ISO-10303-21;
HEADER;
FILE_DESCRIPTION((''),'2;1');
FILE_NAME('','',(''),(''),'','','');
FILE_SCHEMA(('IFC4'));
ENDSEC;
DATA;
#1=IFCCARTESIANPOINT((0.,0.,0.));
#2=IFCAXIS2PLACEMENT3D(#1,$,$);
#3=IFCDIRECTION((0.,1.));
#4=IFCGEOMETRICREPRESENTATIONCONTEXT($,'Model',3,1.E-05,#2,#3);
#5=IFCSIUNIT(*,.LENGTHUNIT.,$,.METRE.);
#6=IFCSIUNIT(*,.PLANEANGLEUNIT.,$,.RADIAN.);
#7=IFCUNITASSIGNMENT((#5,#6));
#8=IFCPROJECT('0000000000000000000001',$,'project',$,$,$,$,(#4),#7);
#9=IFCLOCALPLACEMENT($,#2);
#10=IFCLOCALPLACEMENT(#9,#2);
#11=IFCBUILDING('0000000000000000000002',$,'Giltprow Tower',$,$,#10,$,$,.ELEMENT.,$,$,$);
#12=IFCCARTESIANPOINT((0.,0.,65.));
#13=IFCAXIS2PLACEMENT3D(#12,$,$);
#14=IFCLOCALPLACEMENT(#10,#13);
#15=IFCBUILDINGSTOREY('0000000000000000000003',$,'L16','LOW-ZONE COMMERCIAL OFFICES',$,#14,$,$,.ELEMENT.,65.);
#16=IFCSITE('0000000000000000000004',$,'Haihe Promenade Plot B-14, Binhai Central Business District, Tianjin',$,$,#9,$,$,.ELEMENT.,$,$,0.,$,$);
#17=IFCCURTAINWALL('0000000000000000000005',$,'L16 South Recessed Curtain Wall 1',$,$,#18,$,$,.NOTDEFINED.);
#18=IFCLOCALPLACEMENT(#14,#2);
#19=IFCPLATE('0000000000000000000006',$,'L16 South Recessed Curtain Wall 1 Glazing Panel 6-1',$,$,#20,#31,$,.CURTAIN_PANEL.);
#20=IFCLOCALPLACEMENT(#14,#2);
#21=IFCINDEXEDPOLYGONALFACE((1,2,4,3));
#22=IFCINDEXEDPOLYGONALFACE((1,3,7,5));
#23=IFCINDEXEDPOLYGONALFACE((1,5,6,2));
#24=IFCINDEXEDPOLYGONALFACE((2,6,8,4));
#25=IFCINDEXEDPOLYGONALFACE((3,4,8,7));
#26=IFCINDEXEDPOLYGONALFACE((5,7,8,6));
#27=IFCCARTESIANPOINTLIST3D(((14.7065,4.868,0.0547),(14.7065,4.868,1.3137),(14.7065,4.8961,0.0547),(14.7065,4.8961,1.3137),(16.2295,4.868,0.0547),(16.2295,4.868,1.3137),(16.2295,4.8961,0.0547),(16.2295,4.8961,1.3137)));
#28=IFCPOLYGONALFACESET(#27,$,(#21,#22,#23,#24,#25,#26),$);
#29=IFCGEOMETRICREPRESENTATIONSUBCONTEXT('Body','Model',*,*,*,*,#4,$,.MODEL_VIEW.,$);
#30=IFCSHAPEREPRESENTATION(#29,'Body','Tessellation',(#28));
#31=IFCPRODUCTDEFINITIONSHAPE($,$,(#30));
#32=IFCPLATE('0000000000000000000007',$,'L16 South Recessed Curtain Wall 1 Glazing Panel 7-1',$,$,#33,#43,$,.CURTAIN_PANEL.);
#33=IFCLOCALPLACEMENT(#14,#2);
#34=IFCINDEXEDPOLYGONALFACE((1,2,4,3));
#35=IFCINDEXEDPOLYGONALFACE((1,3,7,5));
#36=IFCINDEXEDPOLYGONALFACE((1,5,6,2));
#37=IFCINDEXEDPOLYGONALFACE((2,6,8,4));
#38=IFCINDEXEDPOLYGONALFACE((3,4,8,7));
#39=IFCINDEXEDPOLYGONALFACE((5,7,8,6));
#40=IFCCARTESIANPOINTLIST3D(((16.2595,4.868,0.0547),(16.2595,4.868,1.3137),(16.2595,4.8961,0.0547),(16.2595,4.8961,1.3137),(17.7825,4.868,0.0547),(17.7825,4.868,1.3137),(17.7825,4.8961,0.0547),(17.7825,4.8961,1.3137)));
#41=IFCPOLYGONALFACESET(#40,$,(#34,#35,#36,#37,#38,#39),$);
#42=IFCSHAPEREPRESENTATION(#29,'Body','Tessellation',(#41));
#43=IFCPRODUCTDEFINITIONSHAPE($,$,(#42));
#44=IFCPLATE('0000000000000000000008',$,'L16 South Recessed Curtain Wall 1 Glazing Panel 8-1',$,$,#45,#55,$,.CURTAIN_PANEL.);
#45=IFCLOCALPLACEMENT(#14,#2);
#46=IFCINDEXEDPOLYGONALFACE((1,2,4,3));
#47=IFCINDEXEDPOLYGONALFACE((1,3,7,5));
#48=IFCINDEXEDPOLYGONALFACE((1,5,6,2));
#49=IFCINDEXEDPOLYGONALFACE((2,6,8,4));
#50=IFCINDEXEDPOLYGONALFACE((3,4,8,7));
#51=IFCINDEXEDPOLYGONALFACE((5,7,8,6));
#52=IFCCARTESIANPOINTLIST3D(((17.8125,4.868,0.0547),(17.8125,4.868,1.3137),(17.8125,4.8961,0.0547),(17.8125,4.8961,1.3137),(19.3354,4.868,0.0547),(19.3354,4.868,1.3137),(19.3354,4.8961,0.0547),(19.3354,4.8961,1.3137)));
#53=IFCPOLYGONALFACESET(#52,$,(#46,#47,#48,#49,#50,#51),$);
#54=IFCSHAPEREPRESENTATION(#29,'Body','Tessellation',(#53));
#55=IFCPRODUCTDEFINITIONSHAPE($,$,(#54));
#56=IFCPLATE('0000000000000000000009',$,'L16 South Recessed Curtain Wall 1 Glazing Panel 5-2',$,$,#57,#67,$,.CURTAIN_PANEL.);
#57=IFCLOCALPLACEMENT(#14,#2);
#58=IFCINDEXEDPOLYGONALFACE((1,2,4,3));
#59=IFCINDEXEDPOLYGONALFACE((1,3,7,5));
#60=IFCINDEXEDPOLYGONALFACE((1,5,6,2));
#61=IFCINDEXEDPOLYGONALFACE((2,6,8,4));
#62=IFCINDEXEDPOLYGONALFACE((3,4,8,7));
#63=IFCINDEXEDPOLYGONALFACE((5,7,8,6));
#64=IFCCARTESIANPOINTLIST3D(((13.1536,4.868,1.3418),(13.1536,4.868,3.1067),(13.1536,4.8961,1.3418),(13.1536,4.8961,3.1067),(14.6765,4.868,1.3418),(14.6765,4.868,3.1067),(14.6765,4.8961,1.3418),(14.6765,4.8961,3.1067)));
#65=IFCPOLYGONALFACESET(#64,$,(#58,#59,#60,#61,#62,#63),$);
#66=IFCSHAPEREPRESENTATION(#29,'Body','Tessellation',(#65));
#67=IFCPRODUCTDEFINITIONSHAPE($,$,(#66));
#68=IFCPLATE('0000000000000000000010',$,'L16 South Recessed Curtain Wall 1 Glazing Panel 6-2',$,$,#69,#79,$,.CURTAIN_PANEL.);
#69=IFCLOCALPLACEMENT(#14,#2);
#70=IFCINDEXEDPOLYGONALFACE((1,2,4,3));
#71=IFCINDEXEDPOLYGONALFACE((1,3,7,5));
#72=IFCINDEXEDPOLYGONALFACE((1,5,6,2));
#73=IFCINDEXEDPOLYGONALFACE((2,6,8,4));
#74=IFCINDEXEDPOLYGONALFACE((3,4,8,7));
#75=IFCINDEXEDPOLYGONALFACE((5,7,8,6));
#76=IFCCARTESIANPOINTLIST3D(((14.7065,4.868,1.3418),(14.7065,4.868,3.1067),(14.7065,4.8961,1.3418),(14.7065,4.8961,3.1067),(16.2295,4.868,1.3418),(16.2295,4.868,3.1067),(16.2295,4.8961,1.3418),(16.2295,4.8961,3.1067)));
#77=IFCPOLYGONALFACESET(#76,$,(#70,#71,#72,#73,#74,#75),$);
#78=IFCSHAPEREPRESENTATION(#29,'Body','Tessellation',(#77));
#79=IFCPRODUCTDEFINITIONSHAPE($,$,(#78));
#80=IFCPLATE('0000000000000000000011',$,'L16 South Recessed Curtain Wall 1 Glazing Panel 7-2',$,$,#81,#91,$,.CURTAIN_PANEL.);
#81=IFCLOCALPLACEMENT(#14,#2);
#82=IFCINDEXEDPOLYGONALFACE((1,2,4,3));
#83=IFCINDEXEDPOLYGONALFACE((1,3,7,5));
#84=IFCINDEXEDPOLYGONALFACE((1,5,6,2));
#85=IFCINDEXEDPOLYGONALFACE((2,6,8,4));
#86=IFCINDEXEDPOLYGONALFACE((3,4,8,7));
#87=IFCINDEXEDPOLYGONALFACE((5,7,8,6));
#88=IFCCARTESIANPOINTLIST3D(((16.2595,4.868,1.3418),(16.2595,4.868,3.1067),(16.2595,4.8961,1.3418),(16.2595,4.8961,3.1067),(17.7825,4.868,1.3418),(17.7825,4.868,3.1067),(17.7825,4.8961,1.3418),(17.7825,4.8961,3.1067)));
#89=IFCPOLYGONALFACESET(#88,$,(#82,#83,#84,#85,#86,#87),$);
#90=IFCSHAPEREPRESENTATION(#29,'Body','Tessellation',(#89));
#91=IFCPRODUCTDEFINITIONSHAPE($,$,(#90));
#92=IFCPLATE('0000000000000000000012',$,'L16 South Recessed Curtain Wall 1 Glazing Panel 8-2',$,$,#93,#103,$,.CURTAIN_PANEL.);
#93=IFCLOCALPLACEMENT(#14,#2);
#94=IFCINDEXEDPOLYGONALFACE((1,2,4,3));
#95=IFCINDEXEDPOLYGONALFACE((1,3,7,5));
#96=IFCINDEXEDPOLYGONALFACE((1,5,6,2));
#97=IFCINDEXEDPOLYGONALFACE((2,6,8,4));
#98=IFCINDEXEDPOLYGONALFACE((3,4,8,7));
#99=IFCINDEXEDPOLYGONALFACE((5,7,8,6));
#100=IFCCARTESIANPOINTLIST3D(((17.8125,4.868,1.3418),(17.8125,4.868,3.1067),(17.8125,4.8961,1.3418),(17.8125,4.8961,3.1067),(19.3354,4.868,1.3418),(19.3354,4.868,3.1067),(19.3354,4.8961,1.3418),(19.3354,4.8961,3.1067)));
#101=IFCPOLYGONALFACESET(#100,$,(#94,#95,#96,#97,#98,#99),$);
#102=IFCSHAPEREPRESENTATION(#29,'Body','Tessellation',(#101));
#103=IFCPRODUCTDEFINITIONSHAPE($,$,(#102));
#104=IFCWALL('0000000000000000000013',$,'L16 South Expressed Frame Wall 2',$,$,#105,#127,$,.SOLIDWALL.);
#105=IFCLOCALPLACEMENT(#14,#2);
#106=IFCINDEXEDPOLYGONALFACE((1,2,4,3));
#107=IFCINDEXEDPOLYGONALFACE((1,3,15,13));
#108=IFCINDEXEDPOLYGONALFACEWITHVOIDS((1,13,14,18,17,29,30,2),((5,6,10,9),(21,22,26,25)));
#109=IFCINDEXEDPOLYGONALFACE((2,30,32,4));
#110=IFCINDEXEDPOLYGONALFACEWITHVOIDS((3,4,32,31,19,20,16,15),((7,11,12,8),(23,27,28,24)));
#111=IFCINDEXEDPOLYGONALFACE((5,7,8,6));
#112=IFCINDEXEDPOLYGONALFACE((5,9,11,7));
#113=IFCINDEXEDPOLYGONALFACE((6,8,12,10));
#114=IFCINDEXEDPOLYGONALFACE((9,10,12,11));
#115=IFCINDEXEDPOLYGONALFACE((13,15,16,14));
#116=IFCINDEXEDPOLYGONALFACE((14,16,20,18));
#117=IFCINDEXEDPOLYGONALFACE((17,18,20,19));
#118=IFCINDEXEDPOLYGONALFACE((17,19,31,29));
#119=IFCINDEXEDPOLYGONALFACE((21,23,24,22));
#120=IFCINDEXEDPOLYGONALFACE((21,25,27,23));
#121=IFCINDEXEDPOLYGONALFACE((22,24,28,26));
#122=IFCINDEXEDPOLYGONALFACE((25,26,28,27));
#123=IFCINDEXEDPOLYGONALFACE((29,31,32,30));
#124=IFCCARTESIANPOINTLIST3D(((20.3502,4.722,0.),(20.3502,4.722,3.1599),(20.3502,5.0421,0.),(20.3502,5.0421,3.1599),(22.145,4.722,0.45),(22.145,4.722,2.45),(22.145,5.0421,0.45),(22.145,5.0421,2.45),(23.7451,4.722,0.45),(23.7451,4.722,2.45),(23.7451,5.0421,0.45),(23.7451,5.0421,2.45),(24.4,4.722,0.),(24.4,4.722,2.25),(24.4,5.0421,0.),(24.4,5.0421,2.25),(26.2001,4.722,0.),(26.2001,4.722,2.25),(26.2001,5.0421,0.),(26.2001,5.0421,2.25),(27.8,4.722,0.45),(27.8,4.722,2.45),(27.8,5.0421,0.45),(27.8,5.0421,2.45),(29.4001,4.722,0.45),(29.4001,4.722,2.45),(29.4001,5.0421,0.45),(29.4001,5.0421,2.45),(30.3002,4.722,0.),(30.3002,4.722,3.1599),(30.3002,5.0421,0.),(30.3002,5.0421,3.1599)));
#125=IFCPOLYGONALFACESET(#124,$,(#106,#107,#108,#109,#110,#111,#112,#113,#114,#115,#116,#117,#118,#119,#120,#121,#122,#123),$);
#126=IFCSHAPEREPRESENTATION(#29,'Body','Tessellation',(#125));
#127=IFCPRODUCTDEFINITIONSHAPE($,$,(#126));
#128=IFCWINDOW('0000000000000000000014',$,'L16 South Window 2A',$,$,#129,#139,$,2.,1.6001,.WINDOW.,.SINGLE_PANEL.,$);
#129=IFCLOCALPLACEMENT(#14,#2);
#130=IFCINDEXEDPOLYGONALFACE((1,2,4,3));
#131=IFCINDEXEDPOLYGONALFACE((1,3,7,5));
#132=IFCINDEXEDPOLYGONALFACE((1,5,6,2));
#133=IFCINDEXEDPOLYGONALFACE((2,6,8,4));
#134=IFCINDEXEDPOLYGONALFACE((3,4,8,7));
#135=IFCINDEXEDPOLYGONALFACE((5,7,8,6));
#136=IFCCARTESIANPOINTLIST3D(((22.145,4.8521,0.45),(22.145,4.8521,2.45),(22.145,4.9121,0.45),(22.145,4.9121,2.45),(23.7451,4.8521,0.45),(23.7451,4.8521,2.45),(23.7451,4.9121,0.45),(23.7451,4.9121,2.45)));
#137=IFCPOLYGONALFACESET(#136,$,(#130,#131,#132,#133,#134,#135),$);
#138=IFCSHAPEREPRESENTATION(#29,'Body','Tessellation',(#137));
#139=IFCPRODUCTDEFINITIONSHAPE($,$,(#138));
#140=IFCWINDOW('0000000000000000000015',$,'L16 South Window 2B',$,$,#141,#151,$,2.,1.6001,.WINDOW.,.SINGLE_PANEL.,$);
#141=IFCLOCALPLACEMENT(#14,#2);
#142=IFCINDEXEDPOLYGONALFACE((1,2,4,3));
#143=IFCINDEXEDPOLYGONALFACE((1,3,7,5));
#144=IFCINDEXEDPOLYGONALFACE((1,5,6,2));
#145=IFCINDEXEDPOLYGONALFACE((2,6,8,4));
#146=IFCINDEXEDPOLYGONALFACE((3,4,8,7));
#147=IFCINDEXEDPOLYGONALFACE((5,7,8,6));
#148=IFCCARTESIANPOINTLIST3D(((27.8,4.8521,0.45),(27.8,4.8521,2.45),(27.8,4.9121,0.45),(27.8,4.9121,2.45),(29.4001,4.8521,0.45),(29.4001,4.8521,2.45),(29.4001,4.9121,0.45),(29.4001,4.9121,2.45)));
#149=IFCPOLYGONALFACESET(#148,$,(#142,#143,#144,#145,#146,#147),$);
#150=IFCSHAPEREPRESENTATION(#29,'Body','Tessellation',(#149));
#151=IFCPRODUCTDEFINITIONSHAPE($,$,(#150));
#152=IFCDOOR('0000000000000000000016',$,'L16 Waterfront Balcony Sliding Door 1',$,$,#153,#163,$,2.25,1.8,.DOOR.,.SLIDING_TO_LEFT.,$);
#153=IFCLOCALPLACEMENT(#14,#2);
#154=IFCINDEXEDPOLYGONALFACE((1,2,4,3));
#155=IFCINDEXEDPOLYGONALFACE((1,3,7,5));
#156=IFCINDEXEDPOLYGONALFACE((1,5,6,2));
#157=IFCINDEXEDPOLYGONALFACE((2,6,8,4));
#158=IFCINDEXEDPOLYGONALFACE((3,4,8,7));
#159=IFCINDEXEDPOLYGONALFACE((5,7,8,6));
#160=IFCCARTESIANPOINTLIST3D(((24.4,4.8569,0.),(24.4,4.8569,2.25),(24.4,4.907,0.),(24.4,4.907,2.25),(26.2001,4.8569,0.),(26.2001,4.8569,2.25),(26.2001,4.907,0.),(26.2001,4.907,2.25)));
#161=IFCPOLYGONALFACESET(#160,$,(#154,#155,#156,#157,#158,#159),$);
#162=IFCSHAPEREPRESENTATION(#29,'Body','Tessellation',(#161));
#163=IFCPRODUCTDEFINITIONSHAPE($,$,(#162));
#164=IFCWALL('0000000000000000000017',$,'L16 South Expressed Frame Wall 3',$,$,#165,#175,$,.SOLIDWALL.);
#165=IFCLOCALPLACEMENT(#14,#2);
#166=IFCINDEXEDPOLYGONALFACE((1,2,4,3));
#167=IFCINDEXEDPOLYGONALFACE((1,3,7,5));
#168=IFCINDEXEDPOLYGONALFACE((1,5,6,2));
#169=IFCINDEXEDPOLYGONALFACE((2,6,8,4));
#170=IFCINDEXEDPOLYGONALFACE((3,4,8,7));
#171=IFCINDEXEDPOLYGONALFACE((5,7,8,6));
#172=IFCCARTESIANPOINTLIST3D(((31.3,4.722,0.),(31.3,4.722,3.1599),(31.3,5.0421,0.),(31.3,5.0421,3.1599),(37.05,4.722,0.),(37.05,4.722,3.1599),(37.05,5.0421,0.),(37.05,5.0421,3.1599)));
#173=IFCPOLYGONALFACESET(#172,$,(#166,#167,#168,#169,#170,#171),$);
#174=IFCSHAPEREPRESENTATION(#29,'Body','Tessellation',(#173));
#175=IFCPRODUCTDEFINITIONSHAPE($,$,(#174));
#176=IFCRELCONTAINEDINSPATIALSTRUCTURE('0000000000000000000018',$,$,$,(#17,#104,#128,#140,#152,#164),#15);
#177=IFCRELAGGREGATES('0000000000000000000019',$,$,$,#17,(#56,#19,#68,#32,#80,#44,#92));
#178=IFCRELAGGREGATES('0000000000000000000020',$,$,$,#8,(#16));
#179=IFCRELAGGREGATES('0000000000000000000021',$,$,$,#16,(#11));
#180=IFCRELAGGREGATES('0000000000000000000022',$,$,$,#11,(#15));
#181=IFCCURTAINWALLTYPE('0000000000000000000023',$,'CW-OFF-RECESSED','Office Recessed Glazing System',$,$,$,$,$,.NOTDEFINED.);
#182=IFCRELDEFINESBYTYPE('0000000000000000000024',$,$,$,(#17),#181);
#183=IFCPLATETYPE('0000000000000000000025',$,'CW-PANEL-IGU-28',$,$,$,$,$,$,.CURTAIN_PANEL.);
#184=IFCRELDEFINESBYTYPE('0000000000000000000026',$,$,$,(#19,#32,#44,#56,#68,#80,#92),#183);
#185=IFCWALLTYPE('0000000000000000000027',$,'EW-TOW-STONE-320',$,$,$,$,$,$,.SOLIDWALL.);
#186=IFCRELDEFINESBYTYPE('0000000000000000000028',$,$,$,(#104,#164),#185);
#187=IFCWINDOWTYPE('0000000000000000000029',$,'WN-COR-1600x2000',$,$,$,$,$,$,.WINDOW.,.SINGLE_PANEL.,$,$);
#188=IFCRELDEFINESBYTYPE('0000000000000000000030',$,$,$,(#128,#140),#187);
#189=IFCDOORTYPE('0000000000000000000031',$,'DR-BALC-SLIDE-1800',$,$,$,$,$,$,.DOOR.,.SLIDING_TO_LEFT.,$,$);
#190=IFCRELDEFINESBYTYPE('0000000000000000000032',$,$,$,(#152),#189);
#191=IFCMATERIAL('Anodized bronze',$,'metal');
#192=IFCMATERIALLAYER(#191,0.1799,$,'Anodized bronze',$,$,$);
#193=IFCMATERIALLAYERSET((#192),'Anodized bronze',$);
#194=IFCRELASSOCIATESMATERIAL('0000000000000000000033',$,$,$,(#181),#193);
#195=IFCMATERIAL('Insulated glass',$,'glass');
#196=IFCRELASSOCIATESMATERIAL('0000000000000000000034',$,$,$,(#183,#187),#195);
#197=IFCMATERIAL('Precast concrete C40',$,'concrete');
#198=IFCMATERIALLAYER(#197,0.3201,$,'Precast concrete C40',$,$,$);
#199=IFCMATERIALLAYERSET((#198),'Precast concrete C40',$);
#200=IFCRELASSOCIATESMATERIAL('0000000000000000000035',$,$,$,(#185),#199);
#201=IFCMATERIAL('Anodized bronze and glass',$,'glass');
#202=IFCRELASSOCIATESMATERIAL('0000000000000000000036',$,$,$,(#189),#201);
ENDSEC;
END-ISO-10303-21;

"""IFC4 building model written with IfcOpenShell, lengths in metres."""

from ifc_helpers import new_model, si_unit, direction, frame, frame_2d, origin, origin_2d, place, context, subcontext, project, spatial, rectangle, extrude, source, transform, mapped, material, layer, layer_set, type_object, element, fill, aggregate, save


model = new_model("IFC4")

# Units and contexts
model_context = context("Model", 3, precision=1e-05, world=origin(), true_north=direction((0.0, 1.0)))
body_context = subcontext(model_context, "Body", "Model", "MODEL_VIEW")
ifc_project = project(units=[si_unit("LENGTHUNIT", "METRE"), si_unit("PLANEANGLEUNIT", "RADIAN")], contexts=[model_context])

# Site, building, storey
site_placement = place(None, origin())
site = spatial("IfcSite", under=ifc_project, at=site_placement, Name="Haihe Promenade Plot B-14, Binhai Central Business District, Tianjin", CompositionType="ELEMENT", RefElevation=0.0)
building_placement = place(site_placement, origin())
building = spatial("IfcBuilding", under=site, at=building_placement, Name="Giltprow Tower", CompositionType="ELEMENT")
storey_placement = place(building_placement, frame((0.0, 0.0, 65.0)))
storey = spatial("IfcBuildingStorey", under=building, at=storey_placement, Name="L16", Description="LOW-ZONE COMMERCIAL OFFICES", CompositionType="ELEMENT", Elevation=65.0)

# Curtain wall, plates
ifc_material_1 = material(Name="Anodized bronze", Category="metal")
ifc_layer_1 = layer(ifc_material_1, 0.1799, Name="Anodized bronze")
ifc_layer_set_1 = layer_set([ifc_layer_1], Name="Anodized bronze")
curtain_wall_type = type_object("IfcCurtainWallType", Name="CW-OFF-RECESSED", Description="Office Recessed Glazing System", PredefinedType="NOTDEFINED", material=ifc_layer_set_1)
curtain_wall_placement = place(storey_placement, origin())
curtain_wall = element("IfcCurtainWall", 1, at=curtain_wall_placement, inside=storey, type_object=curtain_wall_type, Name="L16 South Recessed Curtain Wall 1", PredefinedType="NOTDEFINED")
ifc_material_2 = material(Name="Insulated glass", Category="glass")
plate_type = type_object("IfcPlateType", Name="CW-PANEL-IGU-28", PredefinedType="CURTAIN_PANEL", material=ifc_material_2)
shared_shape_1 = source(origin(), body_context, "Body", "SweptSolid", [
    extrude(rectangle(XDim=1.5229, YDim=0.0281, at=origin_2d()), origin(), (0.0, 0.0, 1.0), 1.259),
])
plate_1_placement = place(storey_placement, frame((15.468, 4.8821, 0.0547), z_axis=(0.0, 0.0, 1.0), x_axis=(1.0, 0.0, 0.0)))
plate_1 = element("IfcPlate", 2, at=plate_1_placement, type_object=plate_type, Name="L16 South Recessed Curtain Wall 1 Glazing Panel 6-1", PredefinedType="CURTAIN_PANEL", context=body_context, shape_type="MappedRepresentation", body=[
    mapped(shared_shape_1, transform((0.0, 0.0, 0.0), x_axis=(1.0, 0.0, 0.0), y_axis=(0.0, 1.0, 0.0), z_axis=(0.0, 0.0, 1.0), scale=1.0)),
])
plate_2_placement = place(storey_placement, frame((17.021, 4.8821, 0.0547), z_axis=(0.0, 0.0, 1.0), x_axis=(1.0, 0.0, 0.0)))
plate_2 = element("IfcPlate", 3, at=plate_2_placement, type_object=plate_type, Name="L16 South Recessed Curtain Wall 1 Glazing Panel 7-1", PredefinedType="CURTAIN_PANEL", context=body_context, shape_type="MappedRepresentation", body=[
    mapped(shared_shape_1, transform((0.0, 0.0, 0.0), x_axis=(1.0, 0.0, 0.0), y_axis=(0.0, 1.0, 0.0), z_axis=(0.0, 0.0, 1.0), scale=1.0)),
])
plate_3_placement = place(storey_placement, frame((18.574, 4.8821, 0.0547), z_axis=(0.0, 0.0, 1.0), x_axis=(1.0, 0.0, 0.0)))
plate_3 = element("IfcPlate", 4, at=plate_3_placement, type_object=plate_type, Name="L16 South Recessed Curtain Wall 1 Glazing Panel 8-1", PredefinedType="CURTAIN_PANEL", context=body_context, shape_type="MappedRepresentation", body=[
    mapped(shared_shape_1, transform((0.0, 0.0, 0.0), x_axis=(1.0, 0.0, 0.0), y_axis=(0.0, 1.0, 0.0), z_axis=(0.0, 0.0, 1.0), scale=1.0)),
])
shared_shape_2 = source(origin(), body_context, "Body", "SweptSolid", [
    extrude(rectangle(XDim=1.5229, YDim=0.0281, at=origin_2d()), origin(), (0.0, 0.0, 1.0), 1.7649),
])
plate_4_placement = place(storey_placement, frame((13.915, 4.8821, 1.3418), z_axis=(0.0, 0.0, 1.0), x_axis=(1.0, 0.0, 0.0)))
plate_4 = element("IfcPlate", 5, at=plate_4_placement, type_object=plate_type, Name="L16 South Recessed Curtain Wall 1 Glazing Panel 5-2", PredefinedType="CURTAIN_PANEL", context=body_context, shape_type="MappedRepresentation", body=[
    mapped(shared_shape_2, transform((0.0, 0.0, 0.0), x_axis=(1.0, 0.0, 0.0), y_axis=(0.0, 1.0, 0.0), z_axis=(0.0, 0.0, 1.0), scale=1.0)),
])
plate_5_placement = place(storey_placement, frame((15.468, 4.8821, 1.3418), z_axis=(0.0, 0.0, 1.0), x_axis=(1.0, 0.0, 0.0)))
plate_5 = element("IfcPlate", 6, at=plate_5_placement, type_object=plate_type, Name="L16 South Recessed Curtain Wall 1 Glazing Panel 6-2", PredefinedType="CURTAIN_PANEL", context=body_context, shape_type="MappedRepresentation", body=[
    mapped(shared_shape_2, transform((0.0, 0.0, 0.0), x_axis=(1.0, 0.0, 0.0), y_axis=(0.0, 1.0, 0.0), z_axis=(0.0, 0.0, 1.0), scale=1.0)),
])
plate_6_placement = place(storey_placement, frame((17.021, 4.8821, 1.3418), z_axis=(0.0, 0.0, 1.0), x_axis=(1.0, 0.0, 0.0)))
plate_6 = element("IfcPlate", 7, at=plate_6_placement, type_object=plate_type, Name="L16 South Recessed Curtain Wall 1 Glazing Panel 7-2", PredefinedType="CURTAIN_PANEL", context=body_context, shape_type="MappedRepresentation", body=[
    mapped(shared_shape_2, transform((0.0, 0.0, 0.0), x_axis=(1.0, 0.0, 0.0), y_axis=(0.0, 1.0, 0.0), z_axis=(0.0, 0.0, 1.0), scale=1.0)),
])
plate_7_placement = place(storey_placement, frame((18.574, 4.8821, 1.3418), z_axis=(0.0, 0.0, 1.0), x_axis=(1.0, 0.0, 0.0)))
plate_7 = element("IfcPlate", 8, at=plate_7_placement, type_object=plate_type, Name="L16 South Recessed Curtain Wall 1 Glazing Panel 8-2", PredefinedType="CURTAIN_PANEL", context=body_context, shape_type="MappedRepresentation", body=[
    mapped(shared_shape_2, transform((0.0, 0.0, 0.0), x_axis=(1.0, 0.0, 0.0), y_axis=(0.0, 1.0, 0.0), z_axis=(0.0, 0.0, 1.0), scale=1.0)),
])
aggregate(curtain_wall, [plate_4, plate_1, plate_5, plate_2, plate_6, plate_3, plate_7])

# Wall, openings, windows, door
ifc_material_3 = material(Name="Precast concrete C40", Category="concrete")
ifc_layer_2 = layer(ifc_material_3, 0.3201, Name="Precast concrete C40")
ifc_layer_set_2 = layer_set([ifc_layer_2], Name="Precast concrete C40")
wall_type_1 = type_object("IfcWallType", Name="EW-TOW-STONE-320", PredefinedType="SOLIDWALL", material=ifc_layer_set_2)
wall_1_placement = place(storey_placement, frame((20.3501, 4.8821, 0.0), z_axis=(0.0, 0.0, 1.0), x_axis=(1.0, 0.0, 0.0)))
wall_1 = element("IfcWall", 9, at=wall_1_placement, inside=storey, type_object=wall_type_1, Name="L16 South Expressed Frame Wall 2", PredefinedType="SOLIDWALL", context=body_context, shape_type="SweptSolid", body=[
    extrude(rectangle(XDim=9.95, YDim=0.3201, at=frame_2d((4.9751, 0.0))), origin(), (0.0, 0.0, 1.0), 3.1599),
])
opening_1_placement = place(wall_1_placement, frame((4.05, 0.0, 0.0)))
opening_1 = element("IfcOpeningElement", 10, at=opening_1_placement, cuts=wall_1, PredefinedType="OPENING", context=body_context, shape_type="SweptSolid", body=[
    extrude(rectangle(XDim=1.8, YDim=2.25, at=frame_2d((0.8999, 1.125))), frame((0.0, 0.1699, 0.0), z_axis=(0.0, -1.0, 0.0), x_axis=(1.0, 0.0, 0.0)), (0.0, 0.0, 1.0), 0.3401),
])
opening_2_placement = place(wall_1_placement, frame((1.7949, 0.0, 0.45)))
opening_2 = element("IfcOpeningElement", 11, at=opening_2_placement, cuts=wall_1, PredefinedType="OPENING", context=body_context, shape_type="SweptSolid", body=[
    extrude(rectangle(XDim=1.6001, YDim=2.0, at=frame_2d((0.8, 1.0))), frame((0.0, 0.1699, 0.0), z_axis=(0.0, -1.0, 0.0), x_axis=(1.0, 0.0, 0.0)), (0.0, 0.0, 1.0), 0.3401),
])
opening_3_placement = place(wall_1_placement, frame((7.45, 0.0, 0.45)))
opening_3 = element("IfcOpeningElement", 12, at=opening_3_placement, cuts=wall_1, PredefinedType="OPENING", context=body_context, shape_type="SweptSolid", body=[
    extrude(rectangle(XDim=1.6001, YDim=2.0, at=frame_2d((0.8, 1.0))), frame((0.0, 0.1699, 0.0), z_axis=(0.0, -1.0, 0.0), x_axis=(1.0, 0.0, 0.0)), (0.0, 0.0, 1.0), 0.3401),
])
window_type = type_object("IfcWindowType", Name="WN-COR-1600x2000", PartitioningType="SINGLE_PANEL", PredefinedType="WINDOW", material=ifc_material_2)
shared_shape_3 = source(origin(), body_context, "Body", "SweptSolid", [
    extrude(rectangle(XDim=1.6001, YDim=2.0, at=frame_2d((0.8, 1.0))), frame((0.0, 0.03, 0.0), z_axis=(0.0, -1.0, 0.0), x_axis=(1.0, 0.0, 0.0)), (0.0, 0.0, 1.0), 0.0601),
])
window_1_placement = place(opening_2_placement, origin())
window_1 = element("IfcWindow", 13, at=window_1_placement, inside=storey, type_object=window_type, Name="L16 South Window 2A", OverallHeight=2.0, OverallWidth=1.6001, PartitioningType="SINGLE_PANEL", PredefinedType="WINDOW", context=body_context, shape_type="MappedRepresentation", body=[
    mapped(shared_shape_3, transform((0.0, 0.0, 0.0), x_axis=(1.0, 0.0, 0.0), y_axis=(0.0, 1.0, 0.0), z_axis=(0.0, 0.0, 1.0), scale=1.0)),
])
fill(opening_2, window_1)
window_2_placement = place(opening_3_placement, origin())
window_2 = element("IfcWindow", 14, at=window_2_placement, inside=storey, type_object=window_type, Name="L16 South Window 2B", OverallHeight=2.0, OverallWidth=1.6001, PartitioningType="SINGLE_PANEL", PredefinedType="WINDOW", context=body_context, shape_type="MappedRepresentation", body=[
    mapped(shared_shape_3, transform((0.0, 0.0, 0.0), x_axis=(1.0, 0.0, 0.0), y_axis=(0.0, 1.0, 0.0), z_axis=(0.0, 0.0, 1.0), scale=1.0)),
])
fill(opening_3, window_2)
ifc_material_4 = material(Name="Anodized bronze and glass", Category="glass")
door_type = type_object("IfcDoorType", Name="DR-BALC-SLIDE-1800", OperationType="SLIDING_TO_LEFT", PredefinedType="DOOR", material=ifc_material_4)
shared_shape_4 = source(origin(), body_context, "Body", "SweptSolid", [
    extrude(rectangle(XDim=1.8, YDim=2.25, at=frame_2d((0.8999, 1.125))), frame((0.0, 0.0249, 0.0), z_axis=(0.0, -1.0, 0.0), x_axis=(1.0, 0.0, 0.0)), (0.0, 0.0, 1.0), 0.05),
])
door_placement = place(opening_1_placement, origin())
door = element("IfcDoor", 15, at=door_placement, inside=storey, type_object=door_type, Name="L16 Waterfront Balcony Sliding Door 1", OperationType="SLIDING_TO_LEFT", OverallHeight=2.25, OverallWidth=1.8, PredefinedType="DOOR", context=body_context, shape_type="MappedRepresentation", body=[
    mapped(shared_shape_4, transform((0.0, 0.0, 0.0), x_axis=(1.0, 0.0, 0.0), y_axis=(0.0, 1.0, 0.0), z_axis=(0.0, 0.0, 1.0), scale=1.0)),
])
fill(opening_1, door)

# Wall
wall_2_placement = place(storey_placement, frame((31.3, 4.8821, 0.0), z_axis=(0.0, 0.0, 1.0), x_axis=(1.0, 0.0, 0.0)))
element("IfcWall", 16, at=wall_2_placement, inside=storey, type_object=wall_type_1, Name="L16 South Expressed Frame Wall 3", PredefinedType="SOLIDWALL", context=body_context, shape_type="SweptSolid", body=[
    extrude(rectangle(XDim=5.75, YDim=0.3201, at=frame_2d((2.875, 0.0))), origin(), (0.0, 0.0, 1.0), 3.1599),
])

save(model, "model.ifc")
